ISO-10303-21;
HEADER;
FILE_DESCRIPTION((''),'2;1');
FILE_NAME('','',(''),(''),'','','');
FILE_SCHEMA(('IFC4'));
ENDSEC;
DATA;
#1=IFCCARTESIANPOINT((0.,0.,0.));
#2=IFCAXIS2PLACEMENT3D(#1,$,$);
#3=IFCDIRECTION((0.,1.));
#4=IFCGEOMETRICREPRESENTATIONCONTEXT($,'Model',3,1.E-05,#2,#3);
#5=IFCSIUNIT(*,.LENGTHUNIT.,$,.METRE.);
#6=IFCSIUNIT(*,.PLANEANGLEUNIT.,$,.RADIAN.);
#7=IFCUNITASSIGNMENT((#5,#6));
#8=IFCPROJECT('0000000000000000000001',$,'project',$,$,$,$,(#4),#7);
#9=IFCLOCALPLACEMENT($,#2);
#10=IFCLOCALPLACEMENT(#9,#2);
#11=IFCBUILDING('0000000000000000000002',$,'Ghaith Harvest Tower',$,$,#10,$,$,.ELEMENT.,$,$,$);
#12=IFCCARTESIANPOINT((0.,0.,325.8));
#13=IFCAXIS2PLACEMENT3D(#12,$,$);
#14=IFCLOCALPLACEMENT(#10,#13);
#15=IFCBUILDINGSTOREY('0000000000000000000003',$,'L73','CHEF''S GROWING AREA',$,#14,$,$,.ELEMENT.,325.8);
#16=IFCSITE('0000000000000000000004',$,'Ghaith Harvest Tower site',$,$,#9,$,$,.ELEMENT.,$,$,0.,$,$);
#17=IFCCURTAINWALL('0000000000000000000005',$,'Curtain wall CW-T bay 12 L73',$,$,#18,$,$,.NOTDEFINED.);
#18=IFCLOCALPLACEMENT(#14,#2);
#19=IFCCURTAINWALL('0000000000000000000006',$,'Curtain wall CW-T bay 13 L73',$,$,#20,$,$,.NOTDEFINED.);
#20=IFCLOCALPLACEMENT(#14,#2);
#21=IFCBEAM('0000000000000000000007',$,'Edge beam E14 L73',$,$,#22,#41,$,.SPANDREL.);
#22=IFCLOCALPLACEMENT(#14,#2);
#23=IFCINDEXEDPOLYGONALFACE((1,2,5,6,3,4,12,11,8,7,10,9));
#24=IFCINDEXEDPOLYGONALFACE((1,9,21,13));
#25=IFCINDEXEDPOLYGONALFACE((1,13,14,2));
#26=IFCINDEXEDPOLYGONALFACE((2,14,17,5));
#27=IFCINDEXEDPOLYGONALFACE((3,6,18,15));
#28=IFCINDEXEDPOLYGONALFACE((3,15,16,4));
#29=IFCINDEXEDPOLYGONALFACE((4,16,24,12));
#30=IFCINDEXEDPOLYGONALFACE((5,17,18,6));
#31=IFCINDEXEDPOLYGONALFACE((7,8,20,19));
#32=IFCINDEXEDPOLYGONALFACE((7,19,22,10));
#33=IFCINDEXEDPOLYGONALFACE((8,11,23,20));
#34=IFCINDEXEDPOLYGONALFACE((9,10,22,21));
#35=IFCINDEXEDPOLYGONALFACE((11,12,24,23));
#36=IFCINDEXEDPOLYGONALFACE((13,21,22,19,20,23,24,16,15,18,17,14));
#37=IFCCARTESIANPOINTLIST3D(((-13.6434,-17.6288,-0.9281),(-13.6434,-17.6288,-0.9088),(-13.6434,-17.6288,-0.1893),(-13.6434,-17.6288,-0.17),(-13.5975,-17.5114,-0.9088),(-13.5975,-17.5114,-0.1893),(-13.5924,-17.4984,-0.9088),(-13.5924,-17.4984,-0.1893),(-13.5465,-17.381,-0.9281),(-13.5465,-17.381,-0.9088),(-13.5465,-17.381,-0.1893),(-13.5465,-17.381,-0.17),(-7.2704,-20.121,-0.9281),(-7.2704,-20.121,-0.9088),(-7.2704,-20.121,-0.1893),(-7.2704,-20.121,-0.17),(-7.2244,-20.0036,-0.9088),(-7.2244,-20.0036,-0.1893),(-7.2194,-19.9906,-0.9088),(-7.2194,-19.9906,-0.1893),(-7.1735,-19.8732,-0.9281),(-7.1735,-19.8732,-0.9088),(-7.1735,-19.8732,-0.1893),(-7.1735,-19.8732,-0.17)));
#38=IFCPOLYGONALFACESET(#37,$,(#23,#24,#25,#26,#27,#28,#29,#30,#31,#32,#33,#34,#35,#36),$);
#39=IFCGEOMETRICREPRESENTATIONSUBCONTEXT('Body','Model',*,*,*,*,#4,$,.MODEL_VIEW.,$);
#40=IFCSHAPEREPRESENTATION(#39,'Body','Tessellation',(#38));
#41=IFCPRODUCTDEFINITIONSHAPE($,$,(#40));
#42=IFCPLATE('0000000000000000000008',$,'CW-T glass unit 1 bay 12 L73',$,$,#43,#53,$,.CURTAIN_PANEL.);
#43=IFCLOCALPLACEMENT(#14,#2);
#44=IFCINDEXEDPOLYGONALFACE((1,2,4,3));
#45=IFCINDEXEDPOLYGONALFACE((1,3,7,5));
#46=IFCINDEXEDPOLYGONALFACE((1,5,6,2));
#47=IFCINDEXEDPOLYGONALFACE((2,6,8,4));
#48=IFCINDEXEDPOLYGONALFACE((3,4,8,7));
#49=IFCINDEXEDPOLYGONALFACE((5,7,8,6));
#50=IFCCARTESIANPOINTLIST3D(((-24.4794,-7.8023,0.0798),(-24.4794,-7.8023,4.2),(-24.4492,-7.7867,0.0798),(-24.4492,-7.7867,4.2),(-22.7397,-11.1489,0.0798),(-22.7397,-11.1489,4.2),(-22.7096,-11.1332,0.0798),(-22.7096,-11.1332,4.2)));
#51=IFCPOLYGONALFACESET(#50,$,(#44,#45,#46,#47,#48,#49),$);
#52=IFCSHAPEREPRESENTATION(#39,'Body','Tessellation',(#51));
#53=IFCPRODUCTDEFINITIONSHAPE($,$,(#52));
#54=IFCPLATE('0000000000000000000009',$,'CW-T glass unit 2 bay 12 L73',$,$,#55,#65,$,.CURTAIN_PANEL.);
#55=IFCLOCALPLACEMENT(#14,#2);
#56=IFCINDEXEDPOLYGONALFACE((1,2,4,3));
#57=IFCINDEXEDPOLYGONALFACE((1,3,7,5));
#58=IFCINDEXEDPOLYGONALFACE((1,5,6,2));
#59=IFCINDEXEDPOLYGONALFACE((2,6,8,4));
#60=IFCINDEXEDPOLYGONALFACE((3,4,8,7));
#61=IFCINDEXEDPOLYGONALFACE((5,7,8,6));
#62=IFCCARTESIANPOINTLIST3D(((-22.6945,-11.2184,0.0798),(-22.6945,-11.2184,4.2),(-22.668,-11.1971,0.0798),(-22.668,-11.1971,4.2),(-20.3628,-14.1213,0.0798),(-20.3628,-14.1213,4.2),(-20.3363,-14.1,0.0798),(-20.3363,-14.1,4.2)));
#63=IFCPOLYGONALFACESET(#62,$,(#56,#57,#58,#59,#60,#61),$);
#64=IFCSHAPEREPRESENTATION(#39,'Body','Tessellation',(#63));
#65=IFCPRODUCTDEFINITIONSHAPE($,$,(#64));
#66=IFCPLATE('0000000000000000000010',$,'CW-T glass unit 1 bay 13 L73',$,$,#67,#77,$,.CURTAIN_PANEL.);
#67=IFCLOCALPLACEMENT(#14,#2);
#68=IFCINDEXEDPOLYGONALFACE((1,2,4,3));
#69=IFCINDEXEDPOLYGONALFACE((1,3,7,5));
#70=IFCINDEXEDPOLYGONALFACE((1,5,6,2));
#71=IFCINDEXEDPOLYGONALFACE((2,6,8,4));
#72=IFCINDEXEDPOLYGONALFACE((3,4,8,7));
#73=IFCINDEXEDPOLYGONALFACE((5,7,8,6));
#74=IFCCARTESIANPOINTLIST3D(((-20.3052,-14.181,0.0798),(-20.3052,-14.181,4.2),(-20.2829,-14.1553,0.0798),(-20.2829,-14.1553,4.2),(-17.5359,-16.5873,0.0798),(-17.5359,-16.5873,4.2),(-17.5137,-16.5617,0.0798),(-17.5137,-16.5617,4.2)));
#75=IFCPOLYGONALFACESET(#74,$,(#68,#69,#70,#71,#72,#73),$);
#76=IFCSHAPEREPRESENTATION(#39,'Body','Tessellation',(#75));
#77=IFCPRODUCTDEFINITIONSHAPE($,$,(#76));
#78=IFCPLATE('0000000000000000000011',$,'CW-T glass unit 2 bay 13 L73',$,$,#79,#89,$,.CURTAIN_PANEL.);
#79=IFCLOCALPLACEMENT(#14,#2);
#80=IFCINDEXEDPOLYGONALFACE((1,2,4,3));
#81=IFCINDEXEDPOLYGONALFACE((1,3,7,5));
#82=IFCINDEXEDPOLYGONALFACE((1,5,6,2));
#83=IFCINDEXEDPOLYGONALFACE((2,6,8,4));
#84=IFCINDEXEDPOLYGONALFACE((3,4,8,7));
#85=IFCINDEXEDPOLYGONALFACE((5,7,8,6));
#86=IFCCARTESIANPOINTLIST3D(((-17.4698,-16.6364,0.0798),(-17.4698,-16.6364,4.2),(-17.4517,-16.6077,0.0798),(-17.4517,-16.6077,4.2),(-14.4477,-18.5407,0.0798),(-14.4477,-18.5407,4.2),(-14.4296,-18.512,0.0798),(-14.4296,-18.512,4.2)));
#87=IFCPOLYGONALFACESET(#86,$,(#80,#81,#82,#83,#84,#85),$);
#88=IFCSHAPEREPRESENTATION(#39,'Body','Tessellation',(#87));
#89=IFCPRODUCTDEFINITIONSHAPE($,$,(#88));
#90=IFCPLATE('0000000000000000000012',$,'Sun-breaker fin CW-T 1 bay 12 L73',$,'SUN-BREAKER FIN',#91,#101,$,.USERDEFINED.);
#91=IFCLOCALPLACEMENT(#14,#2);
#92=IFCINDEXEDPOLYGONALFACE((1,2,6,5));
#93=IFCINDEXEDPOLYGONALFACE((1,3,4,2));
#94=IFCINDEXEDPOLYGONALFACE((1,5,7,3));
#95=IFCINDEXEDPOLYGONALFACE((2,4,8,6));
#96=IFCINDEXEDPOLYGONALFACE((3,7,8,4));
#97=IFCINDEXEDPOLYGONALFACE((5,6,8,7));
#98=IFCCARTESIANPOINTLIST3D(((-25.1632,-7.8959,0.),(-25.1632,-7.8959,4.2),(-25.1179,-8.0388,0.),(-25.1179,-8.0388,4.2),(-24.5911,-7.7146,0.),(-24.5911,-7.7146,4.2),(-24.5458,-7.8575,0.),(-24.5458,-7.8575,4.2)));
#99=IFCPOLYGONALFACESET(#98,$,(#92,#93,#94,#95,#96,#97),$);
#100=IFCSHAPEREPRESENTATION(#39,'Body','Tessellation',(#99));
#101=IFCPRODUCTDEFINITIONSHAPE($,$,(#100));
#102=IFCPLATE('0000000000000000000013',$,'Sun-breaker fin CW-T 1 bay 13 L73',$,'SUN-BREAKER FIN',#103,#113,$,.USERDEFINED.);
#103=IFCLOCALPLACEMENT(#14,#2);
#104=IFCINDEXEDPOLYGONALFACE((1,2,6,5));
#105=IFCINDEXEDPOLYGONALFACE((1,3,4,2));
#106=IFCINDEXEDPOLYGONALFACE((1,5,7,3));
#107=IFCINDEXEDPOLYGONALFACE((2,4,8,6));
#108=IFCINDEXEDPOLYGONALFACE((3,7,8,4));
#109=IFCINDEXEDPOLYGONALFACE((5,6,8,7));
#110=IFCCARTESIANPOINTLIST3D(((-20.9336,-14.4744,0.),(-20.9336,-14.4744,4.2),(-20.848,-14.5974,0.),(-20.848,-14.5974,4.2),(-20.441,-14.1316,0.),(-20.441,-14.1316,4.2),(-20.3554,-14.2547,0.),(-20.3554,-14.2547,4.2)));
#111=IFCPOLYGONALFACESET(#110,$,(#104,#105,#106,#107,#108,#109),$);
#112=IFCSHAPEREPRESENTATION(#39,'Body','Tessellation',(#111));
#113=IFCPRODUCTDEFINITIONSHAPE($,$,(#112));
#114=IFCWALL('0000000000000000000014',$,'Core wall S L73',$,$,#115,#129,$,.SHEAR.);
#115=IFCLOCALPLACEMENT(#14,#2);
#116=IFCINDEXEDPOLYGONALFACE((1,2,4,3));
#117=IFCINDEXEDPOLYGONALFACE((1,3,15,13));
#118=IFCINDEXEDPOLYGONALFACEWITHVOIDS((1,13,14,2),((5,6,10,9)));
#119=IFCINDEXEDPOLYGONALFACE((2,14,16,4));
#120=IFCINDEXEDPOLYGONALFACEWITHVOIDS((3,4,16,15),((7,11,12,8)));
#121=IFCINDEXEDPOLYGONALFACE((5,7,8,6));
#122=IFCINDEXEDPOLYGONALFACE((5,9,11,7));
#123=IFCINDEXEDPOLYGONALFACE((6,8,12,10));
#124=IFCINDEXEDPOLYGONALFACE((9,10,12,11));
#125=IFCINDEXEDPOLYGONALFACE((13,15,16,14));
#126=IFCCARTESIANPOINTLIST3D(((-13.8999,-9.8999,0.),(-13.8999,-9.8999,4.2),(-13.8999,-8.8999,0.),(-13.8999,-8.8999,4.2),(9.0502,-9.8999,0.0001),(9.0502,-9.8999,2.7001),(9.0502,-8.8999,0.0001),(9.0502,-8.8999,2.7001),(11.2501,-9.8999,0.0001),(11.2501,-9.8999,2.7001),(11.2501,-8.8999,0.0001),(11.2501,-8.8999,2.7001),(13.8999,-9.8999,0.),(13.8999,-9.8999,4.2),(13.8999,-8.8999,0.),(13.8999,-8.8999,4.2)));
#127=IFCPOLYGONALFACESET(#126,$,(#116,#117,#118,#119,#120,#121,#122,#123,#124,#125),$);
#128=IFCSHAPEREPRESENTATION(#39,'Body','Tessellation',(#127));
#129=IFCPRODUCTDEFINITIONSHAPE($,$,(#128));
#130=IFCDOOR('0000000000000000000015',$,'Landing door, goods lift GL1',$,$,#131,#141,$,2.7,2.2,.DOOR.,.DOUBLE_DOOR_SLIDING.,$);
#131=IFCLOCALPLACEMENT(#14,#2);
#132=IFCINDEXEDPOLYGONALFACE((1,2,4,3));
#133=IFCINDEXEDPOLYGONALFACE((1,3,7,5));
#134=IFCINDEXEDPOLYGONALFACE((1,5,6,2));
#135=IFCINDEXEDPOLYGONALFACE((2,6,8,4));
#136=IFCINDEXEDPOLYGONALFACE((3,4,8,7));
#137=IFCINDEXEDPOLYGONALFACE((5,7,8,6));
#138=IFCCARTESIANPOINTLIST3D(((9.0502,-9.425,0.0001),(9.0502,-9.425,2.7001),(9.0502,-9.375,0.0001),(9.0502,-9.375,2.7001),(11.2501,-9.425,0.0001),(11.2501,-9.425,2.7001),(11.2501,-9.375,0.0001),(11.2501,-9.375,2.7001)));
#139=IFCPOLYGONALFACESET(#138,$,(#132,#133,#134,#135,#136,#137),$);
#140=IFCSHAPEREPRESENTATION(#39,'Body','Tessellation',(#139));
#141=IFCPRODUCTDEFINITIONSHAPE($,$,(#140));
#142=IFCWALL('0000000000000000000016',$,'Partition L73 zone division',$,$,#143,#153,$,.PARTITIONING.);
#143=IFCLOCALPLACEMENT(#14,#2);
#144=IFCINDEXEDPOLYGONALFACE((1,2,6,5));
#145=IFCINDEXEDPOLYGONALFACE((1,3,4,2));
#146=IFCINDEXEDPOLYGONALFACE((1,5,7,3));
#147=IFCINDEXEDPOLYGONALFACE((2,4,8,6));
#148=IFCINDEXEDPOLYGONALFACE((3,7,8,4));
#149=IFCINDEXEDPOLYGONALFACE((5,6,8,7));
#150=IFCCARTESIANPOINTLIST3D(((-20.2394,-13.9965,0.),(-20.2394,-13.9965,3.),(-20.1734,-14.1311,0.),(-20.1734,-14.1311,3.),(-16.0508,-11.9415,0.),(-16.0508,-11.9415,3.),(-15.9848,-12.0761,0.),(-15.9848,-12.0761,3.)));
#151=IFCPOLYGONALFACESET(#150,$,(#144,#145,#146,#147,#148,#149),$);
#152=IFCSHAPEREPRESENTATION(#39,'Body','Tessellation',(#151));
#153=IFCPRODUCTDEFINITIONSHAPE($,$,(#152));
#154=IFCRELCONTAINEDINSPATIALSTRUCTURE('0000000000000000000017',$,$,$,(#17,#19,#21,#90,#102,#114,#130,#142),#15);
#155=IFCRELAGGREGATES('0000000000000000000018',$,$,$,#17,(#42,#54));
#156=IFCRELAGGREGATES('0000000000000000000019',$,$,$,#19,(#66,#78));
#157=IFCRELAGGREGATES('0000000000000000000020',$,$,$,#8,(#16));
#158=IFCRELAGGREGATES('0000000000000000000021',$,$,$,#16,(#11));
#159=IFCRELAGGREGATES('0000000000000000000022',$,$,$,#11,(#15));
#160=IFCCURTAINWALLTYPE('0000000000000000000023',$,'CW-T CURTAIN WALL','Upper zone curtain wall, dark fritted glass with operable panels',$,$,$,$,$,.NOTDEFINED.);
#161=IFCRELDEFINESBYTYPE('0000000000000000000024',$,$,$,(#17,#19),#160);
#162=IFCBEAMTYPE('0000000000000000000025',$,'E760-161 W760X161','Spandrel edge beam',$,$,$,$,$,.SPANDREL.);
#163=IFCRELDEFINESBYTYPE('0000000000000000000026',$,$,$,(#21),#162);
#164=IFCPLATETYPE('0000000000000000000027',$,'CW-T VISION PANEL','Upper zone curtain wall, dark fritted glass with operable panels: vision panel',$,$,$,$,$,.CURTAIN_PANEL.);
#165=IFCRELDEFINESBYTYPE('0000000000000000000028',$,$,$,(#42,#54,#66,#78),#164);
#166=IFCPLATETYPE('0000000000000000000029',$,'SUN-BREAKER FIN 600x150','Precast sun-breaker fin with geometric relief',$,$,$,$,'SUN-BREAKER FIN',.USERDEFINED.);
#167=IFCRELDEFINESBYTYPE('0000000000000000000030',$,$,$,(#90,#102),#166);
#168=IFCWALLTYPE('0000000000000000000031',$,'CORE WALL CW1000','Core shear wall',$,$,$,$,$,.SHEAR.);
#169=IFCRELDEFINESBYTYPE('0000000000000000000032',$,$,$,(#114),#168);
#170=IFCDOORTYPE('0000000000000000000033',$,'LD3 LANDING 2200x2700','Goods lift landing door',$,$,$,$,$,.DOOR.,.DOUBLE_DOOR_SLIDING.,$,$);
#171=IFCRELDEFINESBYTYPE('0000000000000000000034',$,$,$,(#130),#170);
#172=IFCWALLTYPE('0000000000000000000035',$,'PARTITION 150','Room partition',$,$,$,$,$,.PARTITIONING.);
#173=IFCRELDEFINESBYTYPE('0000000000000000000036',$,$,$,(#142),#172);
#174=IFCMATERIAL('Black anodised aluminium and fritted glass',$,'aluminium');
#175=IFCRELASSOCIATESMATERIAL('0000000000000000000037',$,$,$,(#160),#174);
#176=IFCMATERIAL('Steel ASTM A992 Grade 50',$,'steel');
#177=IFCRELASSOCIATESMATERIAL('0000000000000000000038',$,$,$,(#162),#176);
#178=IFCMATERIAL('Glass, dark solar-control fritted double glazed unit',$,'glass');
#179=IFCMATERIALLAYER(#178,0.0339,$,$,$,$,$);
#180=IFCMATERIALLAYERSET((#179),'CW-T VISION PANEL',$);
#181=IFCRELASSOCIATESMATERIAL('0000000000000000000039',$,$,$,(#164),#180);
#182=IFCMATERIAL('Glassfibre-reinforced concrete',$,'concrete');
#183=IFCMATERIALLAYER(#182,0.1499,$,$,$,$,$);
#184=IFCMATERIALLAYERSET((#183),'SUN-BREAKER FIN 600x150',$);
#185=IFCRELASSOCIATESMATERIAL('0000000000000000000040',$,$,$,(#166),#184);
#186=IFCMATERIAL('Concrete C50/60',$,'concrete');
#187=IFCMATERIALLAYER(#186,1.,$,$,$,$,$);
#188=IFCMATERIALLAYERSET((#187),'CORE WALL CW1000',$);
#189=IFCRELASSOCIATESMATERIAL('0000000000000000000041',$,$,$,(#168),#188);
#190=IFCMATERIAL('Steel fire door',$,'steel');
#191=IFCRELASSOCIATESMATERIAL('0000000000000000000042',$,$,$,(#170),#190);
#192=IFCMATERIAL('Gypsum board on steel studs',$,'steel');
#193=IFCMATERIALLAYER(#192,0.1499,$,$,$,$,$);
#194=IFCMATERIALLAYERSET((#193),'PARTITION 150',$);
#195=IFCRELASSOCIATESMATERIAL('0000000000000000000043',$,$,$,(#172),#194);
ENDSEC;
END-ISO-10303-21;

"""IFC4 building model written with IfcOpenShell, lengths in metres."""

from ifc_helpers import new_model, si_unit, direction, frame, frame_2d, origin, origin_2d, place, context, subcontext, project, spatial, rectangle, i_section, extrude, material, layer, layer_set, material_profile, profile_set, type_object, element, fill, aggregate, save


model = new_model("IFC4")

# Units and contexts
model_context = context("Model", 3, precision=1e-05, world=origin(), true_north=direction((0.0, 1.0)))
body_context = subcontext(model_context, "Body", "Model", "MODEL_VIEW")
ifc_project = project(units=[si_unit("LENGTHUNIT", "METRE"), si_unit("PLANEANGLEUNIT", "RADIAN")], contexts=[model_context])

# Site, building, storey
site_placement = place(None, origin())
site = spatial("IfcSite", under=ifc_project, at=site_placement, Name="Ghaith Harvest Tower site", CompositionType="ELEMENT", RefElevation=0.0)
building_placement = place(site_placement, origin())
building = spatial("IfcBuilding", under=site, at=building_placement, Name="Ghaith Harvest Tower", CompositionType="ELEMENT")
storey_placement = place(building_placement, frame((0.0, 0.0, 325.8)))
storey = spatial("IfcBuildingStorey", under=building, at=storey_placement, Name="L73", Description="CHEF'S GROWING AREA", CompositionType="ELEMENT", Elevation=325.8)

# Curtain walls
ifc_material_1 = material(Name="Black anodised aluminium and fritted glass", Category="aluminium")
curtain_wall_type = type_object("IfcCurtainWallType", Name="CW-T CURTAIN WALL", Description="Upper zone curtain wall, dark fritted glass with operable panels", PredefinedType="NOTDEFINED", material=ifc_material_1)
curtain_wall_1_placement = place(storey_placement, origin())
curtain_wall_1 = element("IfcCurtainWall", 1, at=curtain_wall_1_placement, inside=storey, type_object=curtain_wall_type, Name="Curtain wall CW-T bay 12 L73", PredefinedType="NOTDEFINED")
curtain_wall_2_placement = place(storey_placement, origin())
curtain_wall_2 = element("IfcCurtainWall", 2, at=curtain_wall_2_placement, inside=storey, type_object=curtain_wall_type, Name="Curtain wall CW-T bay 13 L73", PredefinedType="NOTDEFINED")

# Beam
ifc_material_2 = material(Name="Steel ASTM A992 Grade 50", Category="steel")
ifc_material_profile_1 = material_profile(ifc_material_2, i_section(OverallWidth=0.2661, OverallDepth=0.7581, WebThickness=0.0139, FlangeThickness=0.0193, at=origin_2d()), Name="W760X161")
ifc_profile_set_1 = profile_set([ifc_material_profile_1], Name="Steel ASTM A992 Grade 50")
beam_type = type_object("IfcBeamType", Name="E760-161 W760X161", Description="Spandrel edge beam", PredefinedType="SPANDREL", material=ifc_profile_set_1)
beam_1_placement = place(storey_placement, frame((-13.595, -17.5049, -0.5491), z_axis=(0.931323, -0.364195, 0.0), x_axis=(0.364195, 0.931323, 0.0)))
element("IfcBeam", 3, at=beam_1_placement, inside=storey, type_object=beam_type, Name="Edge beam E14 L73", PredefinedType="SPANDREL", context=body_context, shape_type="SweptSolid", body=[
    extrude(i_section(OverallWidth=0.2661, OverallDepth=0.7581, WebThickness=0.0139, FlangeThickness=0.0193, at=origin_2d()), origin(), (0.0, 0.0, 1.0), 6.843),
])

# Plates
ifc_material_3 = material(Name="Glass, dark solar-control fritted double glazed unit", Category="glass")
ifc_layer_1 = layer(ifc_material_3, 0.0339)
ifc_layer_set_1 = layer_set([ifc_layer_1], Name="CW-T VISION PANEL")
plate_type_1 = type_object("IfcPlateType", Name="CW-T VISION PANEL", Description="Upper zone curtain wall, dark fritted glass with operable panels: vision panel", PredefinedType="CURTAIN_PANEL", material=ifc_layer_set_1)
plate_1_placement = place(storey_placement, frame((-23.5945, -9.4678, 0.0798), z_axis=(0.0, 0.0, 1.0), x_axis=(0.46123, -0.887281, 0.0)))
plate_1 = element("IfcPlate", 4, at=plate_1_placement, type_object=plate_type_1, Name="CW-T glass unit 1 bay 12 L73", PredefinedType="CURTAIN_PANEL", context=body_context, shape_type="SweptSolid", body=[
    extrude(rectangle(XDim=3.7717, YDim=0.0339, at=origin_2d()), origin(), (0.0, 0.0, 1.0), 4.1201),
])
plate_2_placement = place(storey_placement, frame((-21.5154, -12.6592, 0.0798), z_axis=(0.0, 0.0, 1.0), x_axis=(0.62623, -0.779639, 0.0)))
plate_2 = element("IfcPlate", 5, at=plate_2_placement, type_object=plate_type_1, Name="CW-T glass unit 2 bay 12 L73", PredefinedType="CURTAIN_PANEL", context=body_context, shape_type="SweptSolid", body=[
    extrude(rectangle(XDim=3.7234, YDim=0.0339, at=origin_2d()), origin(), (0.0, 0.0, 1.0), 4.1201),
])
aggregate(curtain_wall_1, [plate_1, plate_2])
plate_3_placement = place(storey_placement, frame((-18.9094, -15.3713, 0.0798), z_axis=(0.0, 0.0, 1.0), x_axis=(0.754829, -0.655922, 0.0)))
plate_3 = element("IfcPlate", 6, at=plate_3_placement, type_object=plate_type_1, Name="CW-T glass unit 1 bay 13 L73", PredefinedType="CURTAIN_PANEL", context=body_context, shape_type="SweptSolid", body=[
    extrude(rectangle(XDim=3.6687, YDim=0.0339, at=origin_2d()), origin(), (0.0, 0.0, 1.0), 4.1201),
])
plate_4_placement = place(storey_placement, frame((-15.9497, -17.5742, 0.0798), z_axis=(0.0, 0.0, 1.0), x_axis=(0.846043, -0.533114, 0.0)))
plate_4 = element("IfcPlate", 7, at=plate_4_placement, type_object=plate_type_1, Name="CW-T glass unit 2 bay 13 L73", PredefinedType="CURTAIN_PANEL", context=body_context, shape_type="SweptSolid", body=[
    extrude(rectangle(XDim=3.572, YDim=0.0339, at=origin_2d()), origin(), (0.0, 0.0, 1.0), 4.1201),
])
aggregate(curtain_wall_2, [plate_3, plate_4])

# Plates
ifc_material_4 = material(Name="Glassfibre-reinforced concrete", Category="concrete")
ifc_layer_2 = layer(ifc_material_4, 0.1499)
ifc_layer_set_2 = layer_set([ifc_layer_2], Name="SUN-BREAKER FIN 600x150")
plate_type_2 = type_object("IfcPlateType", Name="SUN-BREAKER FIN 600x150", Description="Precast sun-breaker fin with geometric relief", ElementType="SUN-BREAKER FIN", PredefinedType="USERDEFINED", material=ifc_layer_set_2)
for number, where, z_axis, x_axis, name in (
    (8, (-24.8545, -7.8767, 0.0), (0.0, 0.0, 1.0), (-0.953273, -0.30211, 0.0), "Sun-breaker fin CW-T 1 bay 12 L73"),
    (9, (-20.6445, -14.3645, 0.0), (0.0, 0.0, 1.0), (-0.820845, -0.57115, 0.0), "Sun-breaker fin CW-T 1 bay 13 L73"),
):
    element("IfcPlate", number, at=place(storey_placement, frame(where, z_axis=z_axis, x_axis=x_axis)), inside=storey, type_object=plate_type_2, Name=name, ObjectType="SUN-BREAKER FIN", PredefinedType="USERDEFINED", context=body_context, shape_type="SweptSolid", body=[
        extrude(rectangle(XDim=0.6001, YDim=0.1499, at=origin_2d()), origin(), (0.0, 0.0, 1.0), 4.2),
    ])

# Wall, opening, door
ifc_material_5 = material(Name="Concrete C50/60", Category="concrete")
ifc_layer_3 = layer(ifc_material_5, 1.0)
ifc_layer_set_3 = layer_set([ifc_layer_3], Name="CORE WALL CW1000")
wall_type_1 = type_object("IfcWallType", Name="CORE WALL CW1000", Description="Core shear wall", PredefinedType="SHEAR", material=ifc_layer_set_3)
wall_1_placement = place(storey_placement, frame((-13.8999, -9.3999, 0.0), z_axis=(0.0, 0.0, 1.0), x_axis=(1.0, 0.0, 0.0)))
wall_1 = element("IfcWall", 10, at=wall_1_placement, inside=storey, type_object=wall_type_1, Name="Core wall S L73", PredefinedType="SHEAR", context=body_context, shape_type="SweptSolid", body=[
    extrude(rectangle(XDim=27.7998, YDim=1.0, at=frame_2d((13.8999, 0.0))), origin(), (0.0, 0.0, 1.0), 4.2),
])
opening_placement = place(wall_1_placement, frame((22.95, 0.0, 0.0)))
opening = element("IfcOpeningElement", 11, at=opening_placement, cuts=wall_1, PredefinedType="OPENING", context=body_context, shape_type="SweptSolid", body=[
    extrude(rectangle(XDim=2.2, YDim=2.7, at=frame_2d((1.1001, 1.3501))), frame((0.0, 0.51, 0.0), z_axis=(0.0, -1.0, 0.0), x_axis=(1.0, 0.0, 0.0)), (0.0, 0.0, 1.0), 1.02),
])
ifc_material_6 = material(Name="Steel fire door", Category="steel")
door_type = type_object("IfcDoorType", Name="LD3 LANDING 2200x2700", Description="Goods lift landing door", OperationType="DOUBLE_DOOR_SLIDING", PredefinedType="DOOR", material=ifc_material_6)
door_placement = place(opening_placement, origin())
door = element("IfcDoor", 12, at=door_placement, inside=storey, type_object=door_type, Name="Landing door, goods lift GL1", OperationType="DOUBLE_DOOR_SLIDING", OverallHeight=2.7, OverallWidth=2.2, PredefinedType="DOOR", context=body_context, shape_type="SweptSolid", body=[
    extrude(rectangle(XDim=2.2, YDim=2.7, at=frame_2d((1.1001, 1.3501))), frame((0.0, 0.0249, 0.0), z_axis=(0.0, -1.0, 0.0), x_axis=(1.0, 0.0, 0.0)), (0.0, 0.0, 1.0), 0.05),
])
fill(opening, door)

# Wall
ifc_material_7 = material(Name="Gypsum board on steel studs", Category="steel")
ifc_layer_4 = layer(ifc_material_7, 0.1499)
ifc_layer_set_4 = layer_set([ifc_layer_4], Name="PARTITION 150")
wall_type_2 = type_object("IfcWallType", Name="PARTITION 150", Description="Room partition", PredefinedType="PARTITIONING", material=ifc_layer_set_4)
wall_2_placement = place(storey_placement, frame((-16.0178, -12.0088, 0.0), z_axis=(0.0, 0.0, 1.0), x_axis=(-0.897772, -0.440461, 0.0)))
element("IfcWall", 13, at=wall_2_placement, inside=storey, type_object=wall_type_2, Name="Partition L73 zone division", PredefinedType="PARTITIONING", context=body_context, shape_type="SweptSolid", body=[
    extrude(rectangle(XDim=4.6655, YDim=0.1499, at=frame_2d((2.3328, 0.0))), origin(), (0.0, 0.0, 1.0), 3.0),
])

save(model, "model.ifc")
